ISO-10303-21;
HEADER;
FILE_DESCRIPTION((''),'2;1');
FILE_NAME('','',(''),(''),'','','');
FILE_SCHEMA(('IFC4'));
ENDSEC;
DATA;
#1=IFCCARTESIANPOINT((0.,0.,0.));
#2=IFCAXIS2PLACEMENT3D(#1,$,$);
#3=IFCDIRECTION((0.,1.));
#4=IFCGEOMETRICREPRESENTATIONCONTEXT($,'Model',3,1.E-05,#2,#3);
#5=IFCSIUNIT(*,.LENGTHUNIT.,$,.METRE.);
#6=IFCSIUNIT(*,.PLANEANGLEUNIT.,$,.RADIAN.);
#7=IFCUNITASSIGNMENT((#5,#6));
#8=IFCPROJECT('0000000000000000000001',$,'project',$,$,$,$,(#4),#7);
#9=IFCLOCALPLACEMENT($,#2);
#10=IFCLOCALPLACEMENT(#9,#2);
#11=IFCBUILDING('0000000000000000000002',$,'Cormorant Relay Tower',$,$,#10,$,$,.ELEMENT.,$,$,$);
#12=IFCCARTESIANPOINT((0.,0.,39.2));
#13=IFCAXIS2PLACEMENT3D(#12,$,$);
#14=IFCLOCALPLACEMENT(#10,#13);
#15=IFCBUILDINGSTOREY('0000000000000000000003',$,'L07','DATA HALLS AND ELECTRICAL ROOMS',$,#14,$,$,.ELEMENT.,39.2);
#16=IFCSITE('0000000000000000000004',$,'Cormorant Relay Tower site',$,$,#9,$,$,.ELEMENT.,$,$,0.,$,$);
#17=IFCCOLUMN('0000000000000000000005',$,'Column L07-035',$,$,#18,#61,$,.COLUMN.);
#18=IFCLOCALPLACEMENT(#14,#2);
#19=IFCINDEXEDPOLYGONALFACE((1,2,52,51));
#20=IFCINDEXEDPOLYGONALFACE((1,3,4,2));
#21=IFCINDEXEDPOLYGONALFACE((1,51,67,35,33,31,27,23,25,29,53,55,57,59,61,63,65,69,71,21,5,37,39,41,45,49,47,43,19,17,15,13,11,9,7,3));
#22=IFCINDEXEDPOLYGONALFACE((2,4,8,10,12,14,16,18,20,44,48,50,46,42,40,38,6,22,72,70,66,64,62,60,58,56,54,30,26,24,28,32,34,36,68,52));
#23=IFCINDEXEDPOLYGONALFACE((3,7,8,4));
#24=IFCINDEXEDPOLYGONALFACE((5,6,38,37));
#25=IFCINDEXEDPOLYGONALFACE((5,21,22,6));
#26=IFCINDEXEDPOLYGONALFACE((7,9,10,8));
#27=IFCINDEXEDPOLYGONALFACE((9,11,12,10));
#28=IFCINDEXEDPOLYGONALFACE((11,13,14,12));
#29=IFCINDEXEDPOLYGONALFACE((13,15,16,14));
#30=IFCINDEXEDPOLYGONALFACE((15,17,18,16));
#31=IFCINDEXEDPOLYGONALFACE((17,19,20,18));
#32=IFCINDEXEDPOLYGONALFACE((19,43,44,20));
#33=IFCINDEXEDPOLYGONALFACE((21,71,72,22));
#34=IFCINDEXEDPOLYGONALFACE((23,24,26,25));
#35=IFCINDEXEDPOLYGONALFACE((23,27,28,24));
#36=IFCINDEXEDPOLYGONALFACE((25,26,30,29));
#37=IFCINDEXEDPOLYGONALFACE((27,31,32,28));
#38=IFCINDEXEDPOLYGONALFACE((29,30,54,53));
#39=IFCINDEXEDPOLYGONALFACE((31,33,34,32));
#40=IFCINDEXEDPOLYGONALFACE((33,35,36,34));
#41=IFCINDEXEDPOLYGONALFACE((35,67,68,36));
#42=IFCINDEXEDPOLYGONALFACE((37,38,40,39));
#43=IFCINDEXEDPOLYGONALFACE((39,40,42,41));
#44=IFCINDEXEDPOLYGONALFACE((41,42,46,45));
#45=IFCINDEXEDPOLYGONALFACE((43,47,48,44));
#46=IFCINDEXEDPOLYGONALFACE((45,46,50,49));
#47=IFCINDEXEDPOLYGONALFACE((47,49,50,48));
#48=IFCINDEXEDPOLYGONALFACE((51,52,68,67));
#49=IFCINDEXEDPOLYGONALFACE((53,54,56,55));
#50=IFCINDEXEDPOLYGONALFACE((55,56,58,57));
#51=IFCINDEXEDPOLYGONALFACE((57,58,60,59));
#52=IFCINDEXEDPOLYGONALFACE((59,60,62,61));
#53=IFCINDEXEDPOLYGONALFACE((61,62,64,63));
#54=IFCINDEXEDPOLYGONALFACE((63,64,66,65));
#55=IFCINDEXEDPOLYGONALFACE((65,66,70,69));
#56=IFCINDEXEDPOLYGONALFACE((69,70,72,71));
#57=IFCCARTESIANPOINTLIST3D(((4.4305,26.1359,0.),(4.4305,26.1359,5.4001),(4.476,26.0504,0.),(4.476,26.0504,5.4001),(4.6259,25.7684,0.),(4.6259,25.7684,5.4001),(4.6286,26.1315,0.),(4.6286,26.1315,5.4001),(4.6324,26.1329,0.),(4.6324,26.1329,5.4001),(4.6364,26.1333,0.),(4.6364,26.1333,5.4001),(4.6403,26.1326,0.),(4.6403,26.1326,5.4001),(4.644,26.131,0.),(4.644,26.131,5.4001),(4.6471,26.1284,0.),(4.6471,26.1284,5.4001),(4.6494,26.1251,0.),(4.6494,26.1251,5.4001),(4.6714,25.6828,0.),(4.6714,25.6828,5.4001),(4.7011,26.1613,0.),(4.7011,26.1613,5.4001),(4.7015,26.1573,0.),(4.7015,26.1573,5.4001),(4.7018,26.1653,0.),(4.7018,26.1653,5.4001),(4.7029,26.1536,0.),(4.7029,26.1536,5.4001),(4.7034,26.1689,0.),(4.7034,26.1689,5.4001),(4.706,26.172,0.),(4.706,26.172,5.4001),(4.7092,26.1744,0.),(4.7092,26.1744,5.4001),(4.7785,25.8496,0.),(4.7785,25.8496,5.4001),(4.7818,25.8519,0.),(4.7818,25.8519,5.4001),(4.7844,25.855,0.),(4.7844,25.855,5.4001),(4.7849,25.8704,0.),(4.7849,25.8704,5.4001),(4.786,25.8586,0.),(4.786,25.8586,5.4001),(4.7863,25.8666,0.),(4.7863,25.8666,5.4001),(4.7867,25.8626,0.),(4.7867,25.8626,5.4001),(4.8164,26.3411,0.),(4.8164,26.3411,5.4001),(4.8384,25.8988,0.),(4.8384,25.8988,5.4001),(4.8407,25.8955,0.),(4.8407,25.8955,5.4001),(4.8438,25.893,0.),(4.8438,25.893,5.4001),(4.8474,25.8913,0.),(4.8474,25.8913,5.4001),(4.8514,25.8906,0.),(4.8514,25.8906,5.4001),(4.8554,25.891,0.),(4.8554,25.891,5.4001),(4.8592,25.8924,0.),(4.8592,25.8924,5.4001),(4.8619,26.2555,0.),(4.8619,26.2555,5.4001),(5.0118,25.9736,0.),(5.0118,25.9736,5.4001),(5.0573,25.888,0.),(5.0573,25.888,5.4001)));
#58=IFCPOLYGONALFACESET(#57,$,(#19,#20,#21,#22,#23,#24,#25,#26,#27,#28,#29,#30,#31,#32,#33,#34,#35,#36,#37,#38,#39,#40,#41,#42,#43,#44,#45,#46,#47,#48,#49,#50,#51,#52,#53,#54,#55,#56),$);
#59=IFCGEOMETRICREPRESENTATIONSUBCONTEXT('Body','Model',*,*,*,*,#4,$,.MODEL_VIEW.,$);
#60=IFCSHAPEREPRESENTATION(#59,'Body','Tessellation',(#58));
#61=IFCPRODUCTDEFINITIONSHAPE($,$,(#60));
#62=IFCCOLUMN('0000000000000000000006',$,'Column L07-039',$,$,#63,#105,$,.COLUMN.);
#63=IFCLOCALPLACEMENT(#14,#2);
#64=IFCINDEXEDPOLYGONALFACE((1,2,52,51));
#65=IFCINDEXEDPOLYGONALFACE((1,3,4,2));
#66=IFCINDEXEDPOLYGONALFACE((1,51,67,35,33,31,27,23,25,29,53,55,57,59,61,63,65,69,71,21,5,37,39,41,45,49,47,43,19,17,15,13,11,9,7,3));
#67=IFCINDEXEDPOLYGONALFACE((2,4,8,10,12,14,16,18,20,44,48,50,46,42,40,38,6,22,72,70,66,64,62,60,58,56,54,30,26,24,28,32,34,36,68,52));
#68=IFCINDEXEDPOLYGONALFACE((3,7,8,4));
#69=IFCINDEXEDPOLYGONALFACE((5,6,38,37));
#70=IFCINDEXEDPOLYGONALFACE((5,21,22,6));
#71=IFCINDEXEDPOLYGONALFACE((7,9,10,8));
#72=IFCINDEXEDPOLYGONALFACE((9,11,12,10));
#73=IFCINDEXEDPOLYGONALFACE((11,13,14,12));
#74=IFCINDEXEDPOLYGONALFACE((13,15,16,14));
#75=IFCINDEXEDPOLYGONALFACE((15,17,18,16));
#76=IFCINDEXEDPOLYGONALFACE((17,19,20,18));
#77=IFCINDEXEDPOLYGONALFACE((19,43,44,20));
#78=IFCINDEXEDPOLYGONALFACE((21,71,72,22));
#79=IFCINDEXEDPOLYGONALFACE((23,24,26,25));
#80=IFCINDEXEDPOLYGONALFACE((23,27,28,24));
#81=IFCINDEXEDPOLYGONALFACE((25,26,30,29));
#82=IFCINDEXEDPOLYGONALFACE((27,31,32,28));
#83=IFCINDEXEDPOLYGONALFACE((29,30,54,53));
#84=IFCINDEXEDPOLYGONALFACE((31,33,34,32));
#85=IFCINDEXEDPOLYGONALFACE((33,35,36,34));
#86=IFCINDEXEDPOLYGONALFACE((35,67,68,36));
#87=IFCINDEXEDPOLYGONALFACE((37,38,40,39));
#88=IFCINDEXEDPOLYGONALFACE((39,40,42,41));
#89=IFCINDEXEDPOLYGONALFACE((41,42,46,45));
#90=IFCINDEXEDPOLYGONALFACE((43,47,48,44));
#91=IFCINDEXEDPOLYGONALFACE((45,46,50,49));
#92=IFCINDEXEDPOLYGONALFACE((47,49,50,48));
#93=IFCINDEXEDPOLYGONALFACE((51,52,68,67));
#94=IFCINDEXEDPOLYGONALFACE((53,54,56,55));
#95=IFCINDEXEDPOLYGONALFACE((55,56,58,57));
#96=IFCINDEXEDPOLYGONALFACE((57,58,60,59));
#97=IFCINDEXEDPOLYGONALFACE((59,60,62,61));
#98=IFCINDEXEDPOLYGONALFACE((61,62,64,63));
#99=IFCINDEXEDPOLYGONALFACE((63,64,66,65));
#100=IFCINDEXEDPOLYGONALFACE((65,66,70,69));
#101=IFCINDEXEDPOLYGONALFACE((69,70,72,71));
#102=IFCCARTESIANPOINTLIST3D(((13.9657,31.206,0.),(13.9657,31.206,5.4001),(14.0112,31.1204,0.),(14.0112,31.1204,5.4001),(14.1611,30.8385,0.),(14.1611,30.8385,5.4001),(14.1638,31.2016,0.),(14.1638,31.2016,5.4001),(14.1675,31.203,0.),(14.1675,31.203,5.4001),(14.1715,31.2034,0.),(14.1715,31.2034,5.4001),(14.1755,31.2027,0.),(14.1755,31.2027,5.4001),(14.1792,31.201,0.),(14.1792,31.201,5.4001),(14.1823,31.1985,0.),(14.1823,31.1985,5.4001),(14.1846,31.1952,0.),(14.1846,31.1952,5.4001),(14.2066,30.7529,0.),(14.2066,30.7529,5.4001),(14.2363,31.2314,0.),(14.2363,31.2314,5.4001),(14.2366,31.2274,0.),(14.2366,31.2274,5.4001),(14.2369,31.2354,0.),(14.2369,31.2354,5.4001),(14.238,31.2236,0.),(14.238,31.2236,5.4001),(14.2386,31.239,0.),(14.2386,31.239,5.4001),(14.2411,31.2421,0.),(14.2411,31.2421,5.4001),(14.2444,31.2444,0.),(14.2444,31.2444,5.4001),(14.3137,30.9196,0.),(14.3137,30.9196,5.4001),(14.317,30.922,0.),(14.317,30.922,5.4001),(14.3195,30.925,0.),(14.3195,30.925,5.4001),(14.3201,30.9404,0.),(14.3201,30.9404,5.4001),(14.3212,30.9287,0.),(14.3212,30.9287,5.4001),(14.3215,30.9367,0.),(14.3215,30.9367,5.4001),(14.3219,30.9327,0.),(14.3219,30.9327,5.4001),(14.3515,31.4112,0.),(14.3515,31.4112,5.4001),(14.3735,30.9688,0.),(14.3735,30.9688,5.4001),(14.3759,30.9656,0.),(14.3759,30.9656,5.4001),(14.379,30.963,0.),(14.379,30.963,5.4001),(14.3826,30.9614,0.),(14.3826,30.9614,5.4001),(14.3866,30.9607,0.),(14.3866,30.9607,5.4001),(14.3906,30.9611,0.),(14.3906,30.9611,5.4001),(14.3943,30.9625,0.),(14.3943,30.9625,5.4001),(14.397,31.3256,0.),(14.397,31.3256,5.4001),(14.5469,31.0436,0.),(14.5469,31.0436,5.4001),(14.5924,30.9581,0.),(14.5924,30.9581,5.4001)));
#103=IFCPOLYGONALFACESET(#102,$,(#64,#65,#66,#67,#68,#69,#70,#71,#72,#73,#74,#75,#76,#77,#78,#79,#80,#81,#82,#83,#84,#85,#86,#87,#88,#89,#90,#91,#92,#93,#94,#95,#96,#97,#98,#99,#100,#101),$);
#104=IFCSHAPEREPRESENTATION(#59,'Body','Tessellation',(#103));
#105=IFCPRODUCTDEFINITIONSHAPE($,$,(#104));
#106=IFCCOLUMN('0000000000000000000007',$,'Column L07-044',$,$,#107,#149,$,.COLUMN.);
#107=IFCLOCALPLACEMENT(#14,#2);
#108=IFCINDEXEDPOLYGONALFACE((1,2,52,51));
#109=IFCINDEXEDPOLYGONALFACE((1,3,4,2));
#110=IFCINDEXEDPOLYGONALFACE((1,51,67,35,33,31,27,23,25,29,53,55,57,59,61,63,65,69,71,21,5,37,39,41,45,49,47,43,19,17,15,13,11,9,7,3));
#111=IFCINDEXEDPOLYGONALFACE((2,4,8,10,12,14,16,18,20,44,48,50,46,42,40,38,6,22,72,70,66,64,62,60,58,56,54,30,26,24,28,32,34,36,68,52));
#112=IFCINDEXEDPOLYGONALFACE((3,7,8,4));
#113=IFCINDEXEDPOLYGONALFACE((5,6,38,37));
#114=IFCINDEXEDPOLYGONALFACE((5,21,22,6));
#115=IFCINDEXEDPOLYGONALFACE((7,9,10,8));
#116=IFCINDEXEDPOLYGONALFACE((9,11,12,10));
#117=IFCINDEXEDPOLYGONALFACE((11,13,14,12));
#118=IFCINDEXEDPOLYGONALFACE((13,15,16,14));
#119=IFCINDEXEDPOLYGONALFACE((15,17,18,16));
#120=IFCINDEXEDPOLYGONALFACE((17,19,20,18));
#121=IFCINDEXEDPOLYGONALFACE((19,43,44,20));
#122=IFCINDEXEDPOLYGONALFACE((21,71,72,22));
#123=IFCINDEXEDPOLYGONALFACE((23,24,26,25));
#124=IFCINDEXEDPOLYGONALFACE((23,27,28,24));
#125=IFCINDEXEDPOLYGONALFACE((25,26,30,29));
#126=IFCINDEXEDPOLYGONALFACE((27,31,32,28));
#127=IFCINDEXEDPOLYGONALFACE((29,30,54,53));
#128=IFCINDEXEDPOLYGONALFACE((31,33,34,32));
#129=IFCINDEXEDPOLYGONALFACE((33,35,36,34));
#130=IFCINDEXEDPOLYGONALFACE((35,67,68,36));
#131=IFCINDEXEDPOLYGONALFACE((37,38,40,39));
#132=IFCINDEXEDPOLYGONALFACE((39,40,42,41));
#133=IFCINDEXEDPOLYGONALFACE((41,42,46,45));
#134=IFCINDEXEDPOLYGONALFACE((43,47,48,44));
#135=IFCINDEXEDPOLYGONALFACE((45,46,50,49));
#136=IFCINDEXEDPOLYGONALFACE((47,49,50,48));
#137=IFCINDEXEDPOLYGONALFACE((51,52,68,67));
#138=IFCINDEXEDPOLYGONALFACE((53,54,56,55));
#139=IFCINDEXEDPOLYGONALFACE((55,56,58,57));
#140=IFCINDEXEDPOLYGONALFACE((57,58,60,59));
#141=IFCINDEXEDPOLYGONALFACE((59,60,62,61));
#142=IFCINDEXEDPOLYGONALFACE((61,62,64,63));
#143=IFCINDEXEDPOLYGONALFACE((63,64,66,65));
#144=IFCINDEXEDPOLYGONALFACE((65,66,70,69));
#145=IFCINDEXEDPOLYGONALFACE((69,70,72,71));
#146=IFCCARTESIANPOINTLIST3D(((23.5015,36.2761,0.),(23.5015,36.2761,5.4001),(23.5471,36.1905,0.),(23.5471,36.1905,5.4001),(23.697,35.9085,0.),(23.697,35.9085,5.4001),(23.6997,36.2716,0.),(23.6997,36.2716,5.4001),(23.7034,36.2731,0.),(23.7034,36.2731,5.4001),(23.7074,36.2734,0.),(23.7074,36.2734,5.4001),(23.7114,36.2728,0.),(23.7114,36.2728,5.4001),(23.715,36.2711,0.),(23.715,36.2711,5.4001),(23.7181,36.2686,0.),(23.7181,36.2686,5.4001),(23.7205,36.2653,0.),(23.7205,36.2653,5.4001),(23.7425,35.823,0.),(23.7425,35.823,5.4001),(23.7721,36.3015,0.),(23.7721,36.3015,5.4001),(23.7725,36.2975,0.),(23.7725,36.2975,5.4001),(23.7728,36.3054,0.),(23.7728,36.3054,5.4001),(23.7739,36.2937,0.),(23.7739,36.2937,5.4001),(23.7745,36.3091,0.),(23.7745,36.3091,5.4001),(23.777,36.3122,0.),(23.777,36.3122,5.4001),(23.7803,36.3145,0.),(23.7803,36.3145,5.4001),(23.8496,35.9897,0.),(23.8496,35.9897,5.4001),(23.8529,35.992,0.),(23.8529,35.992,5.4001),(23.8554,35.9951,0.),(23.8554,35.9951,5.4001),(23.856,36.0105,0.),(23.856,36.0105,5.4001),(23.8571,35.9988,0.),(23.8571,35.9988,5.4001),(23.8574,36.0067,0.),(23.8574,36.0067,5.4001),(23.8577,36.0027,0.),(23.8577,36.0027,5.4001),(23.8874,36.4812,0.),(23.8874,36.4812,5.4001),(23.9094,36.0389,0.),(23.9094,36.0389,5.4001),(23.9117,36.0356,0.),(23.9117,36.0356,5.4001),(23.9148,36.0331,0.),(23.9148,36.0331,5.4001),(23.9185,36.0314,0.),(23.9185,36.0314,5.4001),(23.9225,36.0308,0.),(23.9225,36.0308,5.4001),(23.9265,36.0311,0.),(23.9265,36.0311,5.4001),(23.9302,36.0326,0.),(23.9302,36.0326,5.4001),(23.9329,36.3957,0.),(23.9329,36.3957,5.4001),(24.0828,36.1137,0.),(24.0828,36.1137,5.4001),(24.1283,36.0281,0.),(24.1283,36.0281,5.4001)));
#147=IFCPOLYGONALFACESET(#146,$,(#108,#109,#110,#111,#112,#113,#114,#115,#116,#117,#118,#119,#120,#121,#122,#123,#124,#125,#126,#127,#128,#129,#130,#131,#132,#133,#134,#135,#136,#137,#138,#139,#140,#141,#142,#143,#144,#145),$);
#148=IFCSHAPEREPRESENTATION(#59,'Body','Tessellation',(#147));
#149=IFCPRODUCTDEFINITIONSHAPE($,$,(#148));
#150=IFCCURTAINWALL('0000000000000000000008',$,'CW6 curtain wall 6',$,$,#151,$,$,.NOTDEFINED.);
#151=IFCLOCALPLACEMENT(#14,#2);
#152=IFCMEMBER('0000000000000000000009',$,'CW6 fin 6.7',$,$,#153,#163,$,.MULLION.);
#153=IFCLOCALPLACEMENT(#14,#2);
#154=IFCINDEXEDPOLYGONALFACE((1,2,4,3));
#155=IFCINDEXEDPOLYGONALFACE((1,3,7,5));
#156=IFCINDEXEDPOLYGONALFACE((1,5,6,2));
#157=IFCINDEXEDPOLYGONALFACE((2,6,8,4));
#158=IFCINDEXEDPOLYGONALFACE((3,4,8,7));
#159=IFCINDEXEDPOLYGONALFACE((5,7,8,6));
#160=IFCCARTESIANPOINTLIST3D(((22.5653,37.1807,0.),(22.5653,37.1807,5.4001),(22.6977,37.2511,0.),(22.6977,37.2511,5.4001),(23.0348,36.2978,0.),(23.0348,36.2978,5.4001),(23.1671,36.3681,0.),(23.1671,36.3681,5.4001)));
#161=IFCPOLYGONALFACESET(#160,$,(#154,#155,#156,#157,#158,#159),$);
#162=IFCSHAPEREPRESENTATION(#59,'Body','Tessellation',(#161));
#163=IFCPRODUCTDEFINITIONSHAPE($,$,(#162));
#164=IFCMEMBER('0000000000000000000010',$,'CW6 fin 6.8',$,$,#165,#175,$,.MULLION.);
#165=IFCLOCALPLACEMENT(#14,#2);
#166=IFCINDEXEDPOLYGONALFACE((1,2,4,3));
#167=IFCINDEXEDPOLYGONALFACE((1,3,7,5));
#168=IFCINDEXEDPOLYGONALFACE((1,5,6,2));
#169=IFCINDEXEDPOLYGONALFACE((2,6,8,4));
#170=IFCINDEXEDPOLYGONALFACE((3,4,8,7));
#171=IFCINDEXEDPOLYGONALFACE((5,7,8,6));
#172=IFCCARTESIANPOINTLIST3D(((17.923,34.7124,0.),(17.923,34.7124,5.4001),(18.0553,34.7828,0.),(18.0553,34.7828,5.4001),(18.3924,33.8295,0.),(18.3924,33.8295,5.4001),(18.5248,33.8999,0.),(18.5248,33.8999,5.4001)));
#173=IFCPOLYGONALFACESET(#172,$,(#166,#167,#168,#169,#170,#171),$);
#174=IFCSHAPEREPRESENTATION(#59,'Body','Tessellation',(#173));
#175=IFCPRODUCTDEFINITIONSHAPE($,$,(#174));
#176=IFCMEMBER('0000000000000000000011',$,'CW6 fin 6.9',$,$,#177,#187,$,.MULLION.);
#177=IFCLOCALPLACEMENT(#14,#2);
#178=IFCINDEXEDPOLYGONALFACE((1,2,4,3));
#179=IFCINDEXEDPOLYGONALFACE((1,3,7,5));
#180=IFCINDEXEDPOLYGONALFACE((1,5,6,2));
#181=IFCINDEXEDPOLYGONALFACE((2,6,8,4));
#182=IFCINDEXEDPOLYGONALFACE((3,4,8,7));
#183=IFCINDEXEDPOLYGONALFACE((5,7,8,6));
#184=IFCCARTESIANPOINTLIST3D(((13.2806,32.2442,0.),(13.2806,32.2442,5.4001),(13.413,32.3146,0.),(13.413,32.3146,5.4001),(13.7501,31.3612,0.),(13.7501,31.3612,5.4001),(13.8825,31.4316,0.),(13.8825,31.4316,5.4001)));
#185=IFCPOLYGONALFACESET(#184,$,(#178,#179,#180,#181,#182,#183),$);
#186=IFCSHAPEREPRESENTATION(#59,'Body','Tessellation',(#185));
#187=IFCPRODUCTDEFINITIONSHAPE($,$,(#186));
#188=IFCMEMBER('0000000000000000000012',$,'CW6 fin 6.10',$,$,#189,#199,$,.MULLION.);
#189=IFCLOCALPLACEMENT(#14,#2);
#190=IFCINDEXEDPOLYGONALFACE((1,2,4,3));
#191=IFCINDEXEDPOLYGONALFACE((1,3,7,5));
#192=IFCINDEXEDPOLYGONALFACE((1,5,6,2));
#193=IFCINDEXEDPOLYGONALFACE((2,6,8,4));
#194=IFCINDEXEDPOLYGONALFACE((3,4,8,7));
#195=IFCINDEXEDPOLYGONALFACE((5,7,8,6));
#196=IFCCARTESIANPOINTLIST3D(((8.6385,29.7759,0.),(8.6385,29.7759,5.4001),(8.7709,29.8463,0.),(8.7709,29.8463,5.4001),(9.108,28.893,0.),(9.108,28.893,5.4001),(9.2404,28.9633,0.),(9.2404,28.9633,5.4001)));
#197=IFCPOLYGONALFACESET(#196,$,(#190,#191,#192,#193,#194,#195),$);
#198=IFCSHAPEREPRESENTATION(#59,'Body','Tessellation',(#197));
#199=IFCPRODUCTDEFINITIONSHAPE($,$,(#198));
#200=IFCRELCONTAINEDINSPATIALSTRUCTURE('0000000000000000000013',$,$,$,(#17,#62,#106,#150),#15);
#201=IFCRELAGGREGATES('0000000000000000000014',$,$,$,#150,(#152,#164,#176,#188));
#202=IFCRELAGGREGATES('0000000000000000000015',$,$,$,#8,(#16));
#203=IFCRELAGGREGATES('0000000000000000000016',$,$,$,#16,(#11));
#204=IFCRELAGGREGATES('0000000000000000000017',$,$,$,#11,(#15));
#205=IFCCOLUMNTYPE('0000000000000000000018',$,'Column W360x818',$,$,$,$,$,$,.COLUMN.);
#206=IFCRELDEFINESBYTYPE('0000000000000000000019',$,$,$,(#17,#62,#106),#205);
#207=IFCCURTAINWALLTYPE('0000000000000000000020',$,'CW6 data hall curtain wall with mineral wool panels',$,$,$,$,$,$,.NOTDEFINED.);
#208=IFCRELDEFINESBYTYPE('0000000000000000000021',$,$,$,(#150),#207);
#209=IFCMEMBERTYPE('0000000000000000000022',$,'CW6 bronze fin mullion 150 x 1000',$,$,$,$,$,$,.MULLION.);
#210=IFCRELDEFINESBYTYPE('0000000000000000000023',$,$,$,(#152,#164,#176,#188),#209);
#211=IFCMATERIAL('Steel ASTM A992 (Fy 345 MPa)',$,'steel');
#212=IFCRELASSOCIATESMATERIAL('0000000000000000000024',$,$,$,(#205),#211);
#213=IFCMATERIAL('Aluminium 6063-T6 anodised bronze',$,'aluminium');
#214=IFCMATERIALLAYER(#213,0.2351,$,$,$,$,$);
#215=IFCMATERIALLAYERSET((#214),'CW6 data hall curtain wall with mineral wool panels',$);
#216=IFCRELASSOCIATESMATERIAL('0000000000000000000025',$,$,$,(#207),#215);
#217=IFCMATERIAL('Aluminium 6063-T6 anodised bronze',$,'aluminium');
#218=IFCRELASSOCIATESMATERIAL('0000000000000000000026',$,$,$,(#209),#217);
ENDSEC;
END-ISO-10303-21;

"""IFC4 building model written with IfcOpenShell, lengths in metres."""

from ifc_helpers import new_model, si_unit, direction, frame, origin, origin_2d, place, context, subcontext, project, spatial, rectangle, i_section, extrude, material, layer, layer_set, material_profile, profile_set, type_object, element, aggregate, save


model = new_model("IFC4")

# Units and contexts
model_context = context("Model", 3, precision=1e-05, world=origin(), true_north=direction((0.0, 1.0)))
body_context = subcontext(model_context, "Body", "Model", "MODEL_VIEW")
ifc_project = project(units=[si_unit("LENGTHUNIT", "METRE"), si_unit("PLANEANGLEUNIT", "RADIAN")], contexts=[model_context])

# Site, building, storey
site_placement = place(None, origin())
site = spatial("IfcSite", under=ifc_project, at=site_placement, Name="Cormorant Relay Tower site", CompositionType="ELEMENT", RefElevation=0.0)
building_placement = place(site_placement, origin())
building = spatial("IfcBuilding", under=site, at=building_placement, Name="Cormorant Relay Tower", CompositionType="ELEMENT")
storey_placement = place(building_placement, frame((0.0, 0.0, 39.2)))
storey = spatial("IfcBuildingStorey", under=building, at=storey_placement, Name="L07", Description="DATA HALLS AND ELECTRICAL ROOMS", CompositionType="ELEMENT", Elevation=39.2)

# Columns
ifc_material_1 = material(Name="Steel ASTM A992 (Fy 345 MPa)", Category="steel")
ifc_material_profile_1 = material_profile(ifc_material_1, i_section(OverallWidth=0.437, OverallDepth=0.5132, WebThickness=0.0605, FlangeThickness=0.0969, FilletRadius=0.0154, at=origin_2d()), Name="W360x818")
ifc_profile_set_1 = profile_set([ifc_material_profile_1], Name="Steel ASTM A992 (Fy 345 MPa)")
column_type = type_object("IfcColumnType", Name="Column W360x818", PredefinedType="COLUMN", material=ifc_profile_set_1)
for number, where, z_axis, x_axis, name in (
    (1, (4.7439, 26.012, 0.0), (0.0, 0.0, 1.0), (-0.882948, -0.469472, 0.0), "Column L07-035"),
    (2, (14.2791, 31.082, 0.0), (0.0, 0.0, 1.0), (-0.882948, -0.469472, 0.0), "Column L07-039"),
    (3, (23.8149, 36.1521, 0.0), (0.0, 0.0, 1.0), (-0.882948, -0.469472, 0.0), "Column L07-044"),
):
    element("IfcColumn", number, at=place(storey_placement, frame(where, z_axis=z_axis, x_axis=x_axis)), inside=storey, type_object=column_type, Name=name, PredefinedType="COLUMN", context=body_context, shape_type="SweptSolid", body=[
        extrude(i_section(OverallWidth=0.437, OverallDepth=0.5132, WebThickness=0.0605, FlangeThickness=0.0969, FilletRadius=0.0154, at=origin_2d()), origin(), (0.0, 0.0, 1.0), 5.4001),
    ])

# Curtain wall, members
ifc_material_2 = material(Name="Aluminium 6063-T6 anodised bronze", Category="aluminium")
ifc_layer_1 = layer(ifc_material_2, 0.2351)
ifc_layer_set_1 = layer_set([ifc_layer_1], Name="CW6 data hall curtain wall with mineral wool panels")
curtain_wall_type = type_object("IfcCurtainWallType", Name="CW6 data hall curtain wall with mineral wool panels", PredefinedType="NOTDEFINED", material=ifc_layer_set_1)
curtain_wall_1_placement = place(storey_placement, origin())
curtain_wall_1 = element("IfcCurtainWall", 4, at=curtain_wall_1_placement, inside=storey, type_object=curtain_wall_type, Name="CW6 curtain wall 6", PredefinedType="NOTDEFINED")
ifc_material_3 = material(Name="Aluminium 6063-T6 anodised bronze", Category="aluminium")
ifc_material_profile_2 = material_profile(ifc_material_3, rectangle(XDim=0.1499, YDim=1.0, at=origin_2d()), Name="AL 150x1000")
ifc_profile_set_2 = profile_set([ifc_material_profile_2], Name="Aluminium 6063-T6 anodised bronze")
member_type_1 = type_object("IfcMemberType", Name="CW6 bronze fin mullion 150 x 1000", PredefinedType="MULLION", material=ifc_profile_set_2)
member_1_placement = place(storey_placement, frame((22.8662, 36.7744, 0.0), z_axis=(0.0, 0.0, 1.0), x_axis=(-0.882948, -0.469472, 0.0)))
member_1 = element("IfcMember", 5, at=member_1_placement, type_object=member_type_1, Name="CW6 fin 6.7", PredefinedType="MULLION", context=body_context, shape_type="SweptSolid", body=[
    extrude(rectangle(XDim=0.1499, YDim=1.0, at=origin_2d()), origin(), (0.0, 0.0, 1.0), 5.4001),
])
member_2_placement = place(storey_placement, frame((18.2239, 34.3062, 0.0), z_axis=(0.0, 0.0, 1.0), x_axis=(-0.882948, -0.469472, 0.0)))
member_2 = element("IfcMember", 6, at=member_2_placement, type_object=member_type_1, Name="CW6 fin 6.8", PredefinedType="MULLION", context=body_context, shape_type="SweptSolid", body=[
    extrude(rectangle(XDim=0.1499, YDim=1.0, at=origin_2d()), origin(), (0.0, 0.0, 1.0), 5.4001),
])
member_3_placement = place(storey_placement, frame((13.5815, 31.8379, 0.0), z_axis=(0.0, 0.0, 1.0), x_axis=(-0.882948, -0.469472, 0.0)))
member_3 = element("IfcMember", 7, at=member_3_placement, type_object=member_type_1, Name="CW6 fin 6.9", PredefinedType="MULLION", context=body_context, shape_type="SweptSolid", body=[
    extrude(rectangle(XDim=0.1499, YDim=1.0, at=origin_2d()), origin(), (0.0, 0.0, 1.0), 5.4001),
])
member_4_placement = place(storey_placement, frame((8.9395, 29.3696, 0.0), z_axis=(0.0, 0.0, 1.0), x_axis=(-0.882948, -0.469472, 0.0)))
member_4 = element("IfcMember", 8, at=member_4_placement, type_object=member_type_1, Name="CW6 fin 6.10", PredefinedType="MULLION", context=body_context, shape_type="SweptSolid", body=[
    extrude(rectangle(XDim=0.1499, YDim=1.0, at=origin_2d()), origin(), (0.0, 0.0, 1.0), 5.4001),
])

aggregate(curtain_wall_1, [member_1, member_2, member_3, member_4])

save(model, "model.ifc")
